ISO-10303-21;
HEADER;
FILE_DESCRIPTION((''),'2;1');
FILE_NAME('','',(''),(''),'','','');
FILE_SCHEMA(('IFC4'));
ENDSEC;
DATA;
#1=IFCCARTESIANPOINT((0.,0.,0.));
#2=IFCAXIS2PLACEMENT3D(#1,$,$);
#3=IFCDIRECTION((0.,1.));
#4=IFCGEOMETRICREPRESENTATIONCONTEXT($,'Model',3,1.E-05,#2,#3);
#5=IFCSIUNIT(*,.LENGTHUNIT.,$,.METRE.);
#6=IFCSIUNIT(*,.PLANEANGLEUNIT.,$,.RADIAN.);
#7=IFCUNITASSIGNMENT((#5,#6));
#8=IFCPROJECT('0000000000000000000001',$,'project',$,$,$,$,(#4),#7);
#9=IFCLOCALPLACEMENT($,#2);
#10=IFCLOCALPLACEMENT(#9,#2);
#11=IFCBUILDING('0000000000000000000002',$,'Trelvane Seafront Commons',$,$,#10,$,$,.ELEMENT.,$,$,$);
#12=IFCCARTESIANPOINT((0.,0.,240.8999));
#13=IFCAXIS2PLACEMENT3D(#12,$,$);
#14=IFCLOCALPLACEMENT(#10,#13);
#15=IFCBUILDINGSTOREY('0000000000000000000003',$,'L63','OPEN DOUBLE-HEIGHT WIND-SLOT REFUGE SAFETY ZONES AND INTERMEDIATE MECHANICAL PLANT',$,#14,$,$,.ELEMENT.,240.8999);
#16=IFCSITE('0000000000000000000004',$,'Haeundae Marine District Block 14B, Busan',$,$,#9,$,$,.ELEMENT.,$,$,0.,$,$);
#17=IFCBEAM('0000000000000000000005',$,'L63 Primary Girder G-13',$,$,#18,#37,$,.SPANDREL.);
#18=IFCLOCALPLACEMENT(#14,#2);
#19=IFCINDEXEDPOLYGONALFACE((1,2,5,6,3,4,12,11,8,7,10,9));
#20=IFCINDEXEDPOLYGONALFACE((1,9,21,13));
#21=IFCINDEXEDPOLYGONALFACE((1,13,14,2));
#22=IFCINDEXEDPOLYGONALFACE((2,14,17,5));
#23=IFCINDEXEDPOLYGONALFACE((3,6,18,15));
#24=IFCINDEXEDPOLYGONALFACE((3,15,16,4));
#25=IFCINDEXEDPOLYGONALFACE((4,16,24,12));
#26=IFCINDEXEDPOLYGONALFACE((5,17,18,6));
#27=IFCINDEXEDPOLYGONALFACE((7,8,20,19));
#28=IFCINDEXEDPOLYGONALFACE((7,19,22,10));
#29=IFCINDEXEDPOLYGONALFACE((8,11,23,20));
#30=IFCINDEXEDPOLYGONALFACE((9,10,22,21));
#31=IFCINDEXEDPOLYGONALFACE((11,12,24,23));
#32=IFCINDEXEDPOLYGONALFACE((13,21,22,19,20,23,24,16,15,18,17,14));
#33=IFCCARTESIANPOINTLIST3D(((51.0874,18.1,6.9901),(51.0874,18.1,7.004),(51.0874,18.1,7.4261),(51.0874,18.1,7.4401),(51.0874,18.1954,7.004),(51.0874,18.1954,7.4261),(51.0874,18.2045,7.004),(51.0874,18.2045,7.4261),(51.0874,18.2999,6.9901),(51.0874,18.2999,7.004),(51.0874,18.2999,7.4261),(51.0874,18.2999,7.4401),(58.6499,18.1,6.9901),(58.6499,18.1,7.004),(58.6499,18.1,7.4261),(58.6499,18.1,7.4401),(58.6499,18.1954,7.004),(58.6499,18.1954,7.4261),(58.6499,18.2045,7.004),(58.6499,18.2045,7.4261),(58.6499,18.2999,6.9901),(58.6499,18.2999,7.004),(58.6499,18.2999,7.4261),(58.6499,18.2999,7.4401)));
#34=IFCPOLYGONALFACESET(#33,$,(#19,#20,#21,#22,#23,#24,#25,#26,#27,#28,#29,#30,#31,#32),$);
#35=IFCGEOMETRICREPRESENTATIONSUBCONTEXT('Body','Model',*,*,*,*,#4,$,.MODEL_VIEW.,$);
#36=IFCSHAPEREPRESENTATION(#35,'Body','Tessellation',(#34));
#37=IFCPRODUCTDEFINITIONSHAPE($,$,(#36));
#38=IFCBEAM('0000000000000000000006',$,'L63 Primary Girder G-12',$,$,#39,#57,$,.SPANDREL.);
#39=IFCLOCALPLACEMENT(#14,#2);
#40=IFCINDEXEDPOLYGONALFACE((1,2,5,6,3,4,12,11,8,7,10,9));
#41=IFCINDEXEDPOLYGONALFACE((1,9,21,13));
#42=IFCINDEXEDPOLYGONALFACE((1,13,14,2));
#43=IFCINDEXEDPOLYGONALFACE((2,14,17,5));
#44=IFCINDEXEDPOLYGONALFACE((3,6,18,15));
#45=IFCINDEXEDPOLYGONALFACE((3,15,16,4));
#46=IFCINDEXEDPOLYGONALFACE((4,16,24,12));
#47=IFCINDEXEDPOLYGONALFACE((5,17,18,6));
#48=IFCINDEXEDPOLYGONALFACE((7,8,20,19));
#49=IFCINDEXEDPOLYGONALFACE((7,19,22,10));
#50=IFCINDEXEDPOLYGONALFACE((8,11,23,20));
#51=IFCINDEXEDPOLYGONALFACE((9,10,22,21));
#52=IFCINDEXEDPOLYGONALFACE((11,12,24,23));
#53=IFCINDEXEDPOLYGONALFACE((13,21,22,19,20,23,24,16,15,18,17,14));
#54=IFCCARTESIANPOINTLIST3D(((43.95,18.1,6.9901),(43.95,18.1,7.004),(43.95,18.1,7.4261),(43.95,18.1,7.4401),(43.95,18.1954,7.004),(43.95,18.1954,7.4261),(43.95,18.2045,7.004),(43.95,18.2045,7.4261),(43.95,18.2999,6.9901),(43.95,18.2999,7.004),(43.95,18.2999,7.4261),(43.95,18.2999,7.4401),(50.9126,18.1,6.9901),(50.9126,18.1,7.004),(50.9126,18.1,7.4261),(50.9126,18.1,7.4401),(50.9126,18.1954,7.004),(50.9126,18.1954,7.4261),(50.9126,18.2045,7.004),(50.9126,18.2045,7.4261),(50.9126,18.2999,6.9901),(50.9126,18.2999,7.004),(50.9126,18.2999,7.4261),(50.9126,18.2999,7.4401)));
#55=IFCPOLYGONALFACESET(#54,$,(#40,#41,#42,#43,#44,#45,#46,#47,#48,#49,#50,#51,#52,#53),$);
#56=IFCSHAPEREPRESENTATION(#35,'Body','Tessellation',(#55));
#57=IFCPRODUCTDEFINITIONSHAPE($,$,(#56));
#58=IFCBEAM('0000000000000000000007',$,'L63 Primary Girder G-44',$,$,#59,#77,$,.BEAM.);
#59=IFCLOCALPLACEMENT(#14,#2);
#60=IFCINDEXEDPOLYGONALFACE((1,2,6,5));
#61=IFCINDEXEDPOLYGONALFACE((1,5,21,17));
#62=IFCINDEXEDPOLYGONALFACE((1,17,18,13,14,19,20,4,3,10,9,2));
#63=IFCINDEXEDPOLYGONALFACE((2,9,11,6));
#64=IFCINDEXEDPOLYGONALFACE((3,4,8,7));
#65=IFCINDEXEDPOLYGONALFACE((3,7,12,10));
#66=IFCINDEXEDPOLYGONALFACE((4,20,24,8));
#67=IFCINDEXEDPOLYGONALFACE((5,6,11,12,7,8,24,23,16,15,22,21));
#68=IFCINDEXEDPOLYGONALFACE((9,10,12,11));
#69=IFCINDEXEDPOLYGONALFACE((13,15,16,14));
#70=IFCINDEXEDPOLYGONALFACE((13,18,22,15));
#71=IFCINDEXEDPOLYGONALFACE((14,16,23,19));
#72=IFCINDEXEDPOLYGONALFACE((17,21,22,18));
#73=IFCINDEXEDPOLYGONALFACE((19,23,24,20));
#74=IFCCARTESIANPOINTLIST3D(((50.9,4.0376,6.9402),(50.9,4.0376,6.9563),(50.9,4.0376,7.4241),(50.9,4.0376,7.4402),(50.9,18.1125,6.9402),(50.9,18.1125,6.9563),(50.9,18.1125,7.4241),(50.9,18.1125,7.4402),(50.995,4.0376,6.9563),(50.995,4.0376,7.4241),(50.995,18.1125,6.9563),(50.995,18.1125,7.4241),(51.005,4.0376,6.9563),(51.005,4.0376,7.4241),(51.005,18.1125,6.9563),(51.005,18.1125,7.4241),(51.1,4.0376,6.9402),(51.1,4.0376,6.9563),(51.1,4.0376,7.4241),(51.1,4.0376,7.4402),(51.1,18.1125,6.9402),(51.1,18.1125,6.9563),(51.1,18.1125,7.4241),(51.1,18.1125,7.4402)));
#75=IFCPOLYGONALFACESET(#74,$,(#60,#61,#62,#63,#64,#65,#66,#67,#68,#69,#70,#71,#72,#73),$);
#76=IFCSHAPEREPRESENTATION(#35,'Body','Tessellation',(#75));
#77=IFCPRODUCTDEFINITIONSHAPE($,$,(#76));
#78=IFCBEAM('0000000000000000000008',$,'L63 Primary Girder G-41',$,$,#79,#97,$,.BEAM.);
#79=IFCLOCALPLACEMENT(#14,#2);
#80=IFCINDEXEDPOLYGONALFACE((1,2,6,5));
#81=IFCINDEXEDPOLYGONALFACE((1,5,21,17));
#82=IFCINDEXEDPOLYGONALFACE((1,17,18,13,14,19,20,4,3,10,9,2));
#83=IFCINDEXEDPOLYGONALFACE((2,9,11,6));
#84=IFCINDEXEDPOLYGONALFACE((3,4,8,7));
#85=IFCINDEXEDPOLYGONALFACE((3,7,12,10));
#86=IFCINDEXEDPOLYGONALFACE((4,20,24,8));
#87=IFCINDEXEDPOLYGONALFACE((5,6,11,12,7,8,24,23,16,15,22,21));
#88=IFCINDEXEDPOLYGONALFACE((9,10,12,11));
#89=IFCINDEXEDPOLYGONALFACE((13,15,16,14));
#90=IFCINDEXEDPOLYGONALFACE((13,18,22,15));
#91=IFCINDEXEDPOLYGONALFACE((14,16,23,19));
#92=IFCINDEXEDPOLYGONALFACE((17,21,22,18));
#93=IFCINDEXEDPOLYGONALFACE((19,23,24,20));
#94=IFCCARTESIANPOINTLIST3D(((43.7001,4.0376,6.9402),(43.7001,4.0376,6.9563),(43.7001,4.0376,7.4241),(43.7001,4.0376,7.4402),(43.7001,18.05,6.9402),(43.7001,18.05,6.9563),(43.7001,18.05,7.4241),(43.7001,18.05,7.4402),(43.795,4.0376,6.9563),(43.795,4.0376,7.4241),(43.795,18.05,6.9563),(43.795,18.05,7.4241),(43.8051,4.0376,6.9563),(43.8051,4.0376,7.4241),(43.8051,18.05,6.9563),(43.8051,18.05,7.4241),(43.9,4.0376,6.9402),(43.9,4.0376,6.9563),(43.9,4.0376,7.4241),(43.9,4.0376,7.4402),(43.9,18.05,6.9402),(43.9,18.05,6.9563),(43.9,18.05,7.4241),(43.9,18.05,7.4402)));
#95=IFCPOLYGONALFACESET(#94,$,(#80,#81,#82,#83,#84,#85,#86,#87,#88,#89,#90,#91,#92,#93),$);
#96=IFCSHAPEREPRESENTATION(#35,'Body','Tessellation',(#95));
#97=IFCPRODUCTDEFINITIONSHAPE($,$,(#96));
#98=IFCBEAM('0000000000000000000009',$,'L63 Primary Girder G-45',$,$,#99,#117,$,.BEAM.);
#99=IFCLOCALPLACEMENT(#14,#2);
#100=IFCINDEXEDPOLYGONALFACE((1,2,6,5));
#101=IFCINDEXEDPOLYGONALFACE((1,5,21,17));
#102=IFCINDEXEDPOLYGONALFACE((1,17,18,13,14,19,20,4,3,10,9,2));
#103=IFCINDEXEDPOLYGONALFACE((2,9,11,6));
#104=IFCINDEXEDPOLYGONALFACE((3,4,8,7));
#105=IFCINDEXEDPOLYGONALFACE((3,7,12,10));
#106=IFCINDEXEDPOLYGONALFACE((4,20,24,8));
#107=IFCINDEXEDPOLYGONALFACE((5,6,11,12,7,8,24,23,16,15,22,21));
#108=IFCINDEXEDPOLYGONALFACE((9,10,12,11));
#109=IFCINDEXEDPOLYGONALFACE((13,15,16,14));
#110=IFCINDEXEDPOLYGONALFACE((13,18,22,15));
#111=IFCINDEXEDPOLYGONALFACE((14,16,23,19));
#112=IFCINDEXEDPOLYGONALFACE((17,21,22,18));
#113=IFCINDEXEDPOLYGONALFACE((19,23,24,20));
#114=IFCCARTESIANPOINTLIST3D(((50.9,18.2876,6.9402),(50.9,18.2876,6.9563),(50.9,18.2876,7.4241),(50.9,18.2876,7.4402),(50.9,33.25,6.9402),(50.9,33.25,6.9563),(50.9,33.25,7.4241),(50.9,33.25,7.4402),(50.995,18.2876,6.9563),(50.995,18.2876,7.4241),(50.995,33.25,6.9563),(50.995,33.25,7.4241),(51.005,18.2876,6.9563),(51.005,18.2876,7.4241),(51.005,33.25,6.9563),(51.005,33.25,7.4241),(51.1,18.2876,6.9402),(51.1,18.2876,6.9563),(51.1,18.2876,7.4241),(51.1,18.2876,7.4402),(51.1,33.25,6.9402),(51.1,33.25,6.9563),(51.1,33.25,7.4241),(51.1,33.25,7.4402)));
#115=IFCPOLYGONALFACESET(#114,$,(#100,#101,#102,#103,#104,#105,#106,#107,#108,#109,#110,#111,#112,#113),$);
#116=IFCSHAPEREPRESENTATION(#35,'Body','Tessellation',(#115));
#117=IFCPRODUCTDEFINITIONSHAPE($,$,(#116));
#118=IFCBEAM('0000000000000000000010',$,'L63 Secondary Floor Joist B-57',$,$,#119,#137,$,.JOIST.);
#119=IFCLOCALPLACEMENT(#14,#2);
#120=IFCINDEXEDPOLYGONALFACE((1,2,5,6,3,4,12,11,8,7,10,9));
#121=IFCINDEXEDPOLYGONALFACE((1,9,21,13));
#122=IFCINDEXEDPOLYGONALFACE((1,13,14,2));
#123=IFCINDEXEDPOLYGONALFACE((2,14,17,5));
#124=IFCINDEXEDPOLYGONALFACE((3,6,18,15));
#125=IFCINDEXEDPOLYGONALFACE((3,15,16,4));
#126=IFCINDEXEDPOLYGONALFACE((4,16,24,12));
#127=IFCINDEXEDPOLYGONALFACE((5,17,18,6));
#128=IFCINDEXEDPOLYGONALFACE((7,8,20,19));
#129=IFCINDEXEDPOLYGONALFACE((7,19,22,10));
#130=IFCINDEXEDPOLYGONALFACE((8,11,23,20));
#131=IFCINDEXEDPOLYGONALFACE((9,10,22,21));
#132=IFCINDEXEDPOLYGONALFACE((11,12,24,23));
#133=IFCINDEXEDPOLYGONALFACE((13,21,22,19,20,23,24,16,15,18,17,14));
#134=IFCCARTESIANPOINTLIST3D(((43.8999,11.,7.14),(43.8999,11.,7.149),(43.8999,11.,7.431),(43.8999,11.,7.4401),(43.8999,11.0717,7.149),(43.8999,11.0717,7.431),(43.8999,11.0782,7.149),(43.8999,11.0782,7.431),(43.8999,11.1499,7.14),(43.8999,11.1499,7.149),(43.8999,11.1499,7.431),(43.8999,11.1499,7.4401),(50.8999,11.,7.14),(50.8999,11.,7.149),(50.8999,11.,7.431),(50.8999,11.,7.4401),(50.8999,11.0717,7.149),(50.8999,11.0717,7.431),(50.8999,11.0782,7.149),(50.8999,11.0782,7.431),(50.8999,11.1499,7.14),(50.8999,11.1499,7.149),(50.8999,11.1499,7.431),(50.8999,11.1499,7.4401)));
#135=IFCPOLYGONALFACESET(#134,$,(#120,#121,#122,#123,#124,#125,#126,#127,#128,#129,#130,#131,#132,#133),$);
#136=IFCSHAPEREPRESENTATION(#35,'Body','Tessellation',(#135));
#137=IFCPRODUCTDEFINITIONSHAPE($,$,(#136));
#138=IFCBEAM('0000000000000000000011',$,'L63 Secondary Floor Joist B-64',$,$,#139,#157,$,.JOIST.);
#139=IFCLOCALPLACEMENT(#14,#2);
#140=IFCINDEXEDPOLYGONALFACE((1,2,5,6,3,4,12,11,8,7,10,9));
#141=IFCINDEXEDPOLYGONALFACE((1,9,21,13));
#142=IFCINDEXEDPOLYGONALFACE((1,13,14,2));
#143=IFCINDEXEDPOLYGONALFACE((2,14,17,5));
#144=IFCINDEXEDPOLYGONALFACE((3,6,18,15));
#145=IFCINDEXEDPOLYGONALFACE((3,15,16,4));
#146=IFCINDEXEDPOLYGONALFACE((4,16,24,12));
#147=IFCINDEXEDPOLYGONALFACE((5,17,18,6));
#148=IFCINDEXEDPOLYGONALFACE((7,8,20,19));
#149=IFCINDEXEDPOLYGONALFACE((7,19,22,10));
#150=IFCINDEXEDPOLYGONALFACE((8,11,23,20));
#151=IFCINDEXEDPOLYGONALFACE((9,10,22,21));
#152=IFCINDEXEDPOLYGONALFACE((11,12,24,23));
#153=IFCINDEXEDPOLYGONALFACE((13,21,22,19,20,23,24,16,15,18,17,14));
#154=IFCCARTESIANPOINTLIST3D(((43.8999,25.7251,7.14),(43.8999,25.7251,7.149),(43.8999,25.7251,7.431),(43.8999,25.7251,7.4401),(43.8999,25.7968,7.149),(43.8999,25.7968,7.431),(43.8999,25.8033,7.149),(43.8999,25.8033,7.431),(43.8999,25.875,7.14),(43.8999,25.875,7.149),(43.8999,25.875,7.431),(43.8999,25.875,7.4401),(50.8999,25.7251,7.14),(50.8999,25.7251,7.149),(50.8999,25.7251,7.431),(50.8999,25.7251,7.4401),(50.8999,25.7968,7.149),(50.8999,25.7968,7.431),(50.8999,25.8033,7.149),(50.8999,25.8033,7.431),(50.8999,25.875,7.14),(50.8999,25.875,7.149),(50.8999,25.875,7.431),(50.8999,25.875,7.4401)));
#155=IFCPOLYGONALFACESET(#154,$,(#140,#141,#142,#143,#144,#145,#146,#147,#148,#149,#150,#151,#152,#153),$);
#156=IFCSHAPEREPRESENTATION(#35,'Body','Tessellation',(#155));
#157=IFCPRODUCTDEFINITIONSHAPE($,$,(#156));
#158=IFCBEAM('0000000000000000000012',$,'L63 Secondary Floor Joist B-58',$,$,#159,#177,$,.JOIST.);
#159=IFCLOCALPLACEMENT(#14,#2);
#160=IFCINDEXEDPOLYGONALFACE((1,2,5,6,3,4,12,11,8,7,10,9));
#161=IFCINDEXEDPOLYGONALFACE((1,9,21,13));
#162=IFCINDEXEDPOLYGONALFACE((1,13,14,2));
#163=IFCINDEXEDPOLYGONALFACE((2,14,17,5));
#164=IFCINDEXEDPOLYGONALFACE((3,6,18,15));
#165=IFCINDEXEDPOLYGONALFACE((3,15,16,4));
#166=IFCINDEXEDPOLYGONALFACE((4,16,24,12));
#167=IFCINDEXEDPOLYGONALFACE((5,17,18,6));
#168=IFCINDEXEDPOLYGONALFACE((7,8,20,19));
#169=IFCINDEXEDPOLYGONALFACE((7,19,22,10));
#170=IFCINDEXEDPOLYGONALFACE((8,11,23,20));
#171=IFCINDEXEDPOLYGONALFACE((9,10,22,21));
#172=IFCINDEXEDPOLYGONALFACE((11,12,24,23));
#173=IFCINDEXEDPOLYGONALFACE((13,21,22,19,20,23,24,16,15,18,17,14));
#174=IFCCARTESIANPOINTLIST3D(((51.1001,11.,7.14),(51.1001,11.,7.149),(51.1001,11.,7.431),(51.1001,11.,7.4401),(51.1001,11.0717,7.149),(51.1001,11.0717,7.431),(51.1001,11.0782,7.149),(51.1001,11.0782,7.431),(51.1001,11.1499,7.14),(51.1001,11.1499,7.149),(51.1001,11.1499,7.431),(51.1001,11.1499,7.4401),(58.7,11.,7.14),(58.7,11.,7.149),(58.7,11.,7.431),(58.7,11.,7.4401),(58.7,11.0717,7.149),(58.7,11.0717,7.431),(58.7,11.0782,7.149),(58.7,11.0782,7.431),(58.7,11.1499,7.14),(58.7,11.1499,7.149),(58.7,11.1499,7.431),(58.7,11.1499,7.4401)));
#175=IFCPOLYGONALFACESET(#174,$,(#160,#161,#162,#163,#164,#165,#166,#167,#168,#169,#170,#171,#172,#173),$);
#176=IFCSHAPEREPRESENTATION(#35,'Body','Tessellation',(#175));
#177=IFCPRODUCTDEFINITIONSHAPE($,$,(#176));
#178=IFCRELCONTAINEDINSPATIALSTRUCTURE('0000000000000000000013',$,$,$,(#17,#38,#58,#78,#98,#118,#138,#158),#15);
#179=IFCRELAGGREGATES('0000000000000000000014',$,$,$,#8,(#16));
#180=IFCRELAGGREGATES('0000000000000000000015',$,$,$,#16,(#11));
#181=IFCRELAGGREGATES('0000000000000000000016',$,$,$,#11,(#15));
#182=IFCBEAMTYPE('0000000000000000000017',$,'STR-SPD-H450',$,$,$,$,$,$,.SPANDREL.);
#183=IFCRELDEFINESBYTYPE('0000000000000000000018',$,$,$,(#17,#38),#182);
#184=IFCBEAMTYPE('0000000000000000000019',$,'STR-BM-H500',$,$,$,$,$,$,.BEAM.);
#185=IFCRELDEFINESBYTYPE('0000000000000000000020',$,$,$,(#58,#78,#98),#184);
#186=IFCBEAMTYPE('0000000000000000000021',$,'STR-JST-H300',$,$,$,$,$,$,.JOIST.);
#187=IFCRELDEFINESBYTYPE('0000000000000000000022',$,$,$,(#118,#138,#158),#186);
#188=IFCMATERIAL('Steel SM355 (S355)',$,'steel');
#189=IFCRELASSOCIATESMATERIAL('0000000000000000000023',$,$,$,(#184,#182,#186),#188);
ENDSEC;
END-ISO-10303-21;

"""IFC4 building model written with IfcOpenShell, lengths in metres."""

from ifc_helpers import new_model, si_unit, direction, frame, origin, origin_2d, place, context, subcontext, project, spatial, i_section, extrude, source, transform, mapped, material, material_profile, profile_set, type_object, element, save


model = new_model("IFC4")

# Units and contexts
model_context = context("Model", 3, precision=1e-05, world=origin(), true_north=direction((0.0, 1.0)))
body_context = subcontext(model_context, "Body", "Model", "MODEL_VIEW")
ifc_project = project(units=[si_unit("LENGTHUNIT", "METRE"), si_unit("PLANEANGLEUNIT", "RADIAN")], contexts=[model_context])

# Site, building, storey
site_placement = place(None, origin())
site = spatial("IfcSite", under=ifc_project, at=site_placement, Name="Haeundae Marine District Block 14B, Busan", CompositionType="ELEMENT", RefElevation=0.0)
building_placement = place(site_placement, origin())
building = spatial("IfcBuilding", under=site, at=building_placement, Name="Trelvane Seafront Commons", CompositionType="ELEMENT")
storey_placement = place(building_placement, frame((0.0, 0.0, 240.8999)))
storey = spatial("IfcBuildingStorey", under=building, at=storey_placement, Name="L63", Description="OPEN DOUBLE-HEIGHT WIND-SLOT REFUGE SAFETY ZONES AND INTERMEDIATE MECHANICAL PLANT", CompositionType="ELEMENT", Elevation=240.8999)

# Shared definitions
ifc_material_1 = material(Name="Steel SM355 (S355)", Category="steel")

# Beams
ifc_material_profile_1 = material_profile(ifc_material_1, i_section(OverallWidth=0.2, OverallDepth=0.5, WebThickness=0.01, FlangeThickness=0.0161, at=origin_2d()), Name="H-500x200x10x16")
ifc_profile_set_1 = profile_set([ifc_material_profile_1], Name="Steel SM355 (S355)")
beam_type_1 = type_object("IfcBeamType", Name="STR-BM-H500", PredefinedType="BEAM", material=ifc_profile_set_1)
ifc_material_profile_2 = material_profile(ifc_material_1, i_section(OverallWidth=0.2, OverallDepth=0.45, WebThickness=0.009, FlangeThickness=0.0139, at=origin_2d()), Name="H-450x200x9x14")
ifc_profile_set_2 = profile_set([ifc_material_profile_2], Name="Steel SM355 (S355)")
beam_type_2 = type_object("IfcBeamType", Name="STR-SPD-H450", PredefinedType="SPANDREL", material=ifc_profile_set_2)
shared_shape_1 = source(origin(), body_context, "Body", "SweptSolid", [
    extrude(i_section(OverallWidth=0.2, OverallDepth=0.45, WebThickness=0.009, FlangeThickness=0.0139, at=origin_2d()), origin(), (0.0, 0.0, 1.0), 7.5625),
])
beam_1_placement = place(storey_placement, frame((51.0874, 18.2, 7.2151), z_axis=(1.0, 0.0, 0.0), x_axis=(0.0, 1.0, 0.0)))
element("IfcBeam", 1, at=beam_1_placement, inside=storey, type_object=beam_type_2, Name="L63 Primary Girder G-13", PredefinedType="SPANDREL", context=body_context, shape_type="MappedRepresentation", body=[
    mapped(shared_shape_1, transform((0.0, 0.0, 0.0), x_axis=(1.0, 0.0, 0.0), y_axis=(0.0, 1.0, 0.0), z_axis=(0.0, 0.0, 1.0), scale=1.0)),
])
shared_shape_2 = source(origin(), body_context, "Body", "SweptSolid", [
    extrude(i_section(OverallWidth=0.2, OverallDepth=0.45, WebThickness=0.009, FlangeThickness=0.0139, at=origin_2d()), origin(), (0.0, 0.0, 1.0), 6.9626),
])
beam_2_placement = place(storey_placement, frame((43.95, 18.2, 7.2151), z_axis=(1.0, 0.0, 0.0), x_axis=(0.0, 1.0, 0.0)))
element("IfcBeam", 2, at=beam_2_placement, inside=storey, type_object=beam_type_2, Name="L63 Primary Girder G-12", PredefinedType="SPANDREL", context=body_context, shape_type="MappedRepresentation", body=[
    mapped(shared_shape_2, transform((0.0, 0.0, 0.0), x_axis=(1.0, 0.0, 0.0), y_axis=(0.0, 1.0, 0.0), z_axis=(0.0, 0.0, 1.0), scale=1.0)),
])
shared_shape_3 = source(origin(), body_context, "Body", "SweptSolid", [
    extrude(i_section(OverallWidth=0.2, OverallDepth=0.5, WebThickness=0.01, FlangeThickness=0.0161, at=origin_2d()), origin(), (0.0, 0.0, 1.0), 14.075),
])
beam_3_placement = place(storey_placement, frame((51.0, 4.0376, 7.1902), z_axis=(0.0, 1.0, 0.0), x_axis=(-1.0, 0.0, 0.0)))
element("IfcBeam", 3, at=beam_3_placement, inside=storey, type_object=beam_type_1, Name="L63 Primary Girder G-44", PredefinedType="BEAM", context=body_context, shape_type="MappedRepresentation", body=[
    mapped(shared_shape_3, transform((0.0, 0.0, 0.0), x_axis=(1.0, 0.0, 0.0), y_axis=(0.0, 1.0, 0.0), z_axis=(0.0, 0.0, 1.0), scale=1.0)),
])
shared_shape_4 = source(origin(), body_context, "Body", "SweptSolid", [
    extrude(i_section(OverallWidth=0.2, OverallDepth=0.5, WebThickness=0.01, FlangeThickness=0.0161, at=origin_2d()), origin(), (0.0, 0.0, 1.0), 14.0125),
])
beam_4_placement = place(storey_placement, frame((43.8, 4.0376, 7.1902), z_axis=(0.0, 1.0, 0.0), x_axis=(-1.0, 0.0, 0.0)))
element("IfcBeam", 4, at=beam_4_placement, inside=storey, type_object=beam_type_1, Name="L63 Primary Girder G-41", PredefinedType="BEAM", context=body_context, shape_type="MappedRepresentation", body=[
    mapped(shared_shape_4, transform((0.0, 0.0, 0.0), x_axis=(1.0, 0.0, 0.0), y_axis=(0.0, 1.0, 0.0), z_axis=(0.0, 0.0, 1.0), scale=1.0)),
])
shared_shape_5 = source(origin(), body_context, "Body", "SweptSolid", [
    extrude(i_section(OverallWidth=0.2, OverallDepth=0.5, WebThickness=0.01, FlangeThickness=0.0161, at=origin_2d()), origin(), (0.0, 0.0, 1.0), 14.9624),
])
beam_5_placement = place(storey_placement, frame((51.0, 18.2876, 7.1902), z_axis=(0.0, 1.0, 0.0), x_axis=(-1.0, 0.0, 0.0)))
element("IfcBeam", 5, at=beam_5_placement, inside=storey, type_object=beam_type_1, Name="L63 Primary Girder G-45", PredefinedType="BEAM", context=body_context, shape_type="MappedRepresentation", body=[
    mapped(shared_shape_5, transform((0.0, 0.0, 0.0), x_axis=(1.0, 0.0, 0.0), y_axis=(0.0, 1.0, 0.0), z_axis=(0.0, 0.0, 1.0), scale=1.0)),
])
ifc_material_profile_3 = material_profile(ifc_material_1, i_section(OverallWidth=0.1499, OverallDepth=0.3, WebThickness=0.0066, FlangeThickness=0.009, at=origin_2d()), Name="H-300x150x6.5x9")
ifc_profile_set_3 = profile_set([ifc_material_profile_3], Name="Steel SM355 (S355)")
beam_type_3 = type_object("IfcBeamType", Name="STR-JST-H300", PredefinedType="JOIST", material=ifc_profile_set_3)
shared_shape_6 = source(origin(), body_context, "Body", "SweptSolid", [
    extrude(i_section(OverallWidth=0.1499, OverallDepth=0.3, WebThickness=0.0066, FlangeThickness=0.009, at=origin_2d()), origin(), (0.0, 0.0, 1.0), 7.0),
])
for number, where, z_axis, x_axis, name in (
    (6, (43.8999, 11.075, 7.29), (1.0, 0.0, 0.0), (0.0, 1.0, 0.0), "L63 Secondary Floor Joist B-57"),
    (7, (43.8999, 25.8, 7.29), (1.0, 0.0, 0.0), (0.0, 1.0, 0.0), "L63 Secondary Floor Joist B-64"),
):
    element("IfcBeam", number, at=place(storey_placement, frame(where, z_axis=z_axis, x_axis=x_axis)), inside=storey, type_object=beam_type_3, Name=name, PredefinedType="JOIST", context=body_context, shape_type="MappedRepresentation", body=[
        mapped(shared_shape_6, transform((0.0, 0.0, 0.0), x_axis=(1.0, 0.0, 0.0), y_axis=(0.0, 1.0, 0.0), z_axis=(0.0, 0.0, 1.0), scale=1.0)),
    ])
shared_shape_7 = source(origin(), body_context, "Body", "SweptSolid", [
    extrude(i_section(OverallWidth=0.1499, OverallDepth=0.3, WebThickness=0.0066, FlangeThickness=0.009, at=origin_2d()), origin(), (0.0, 0.0, 1.0), 7.5999),
])
for number, where, z_axis, x_axis, name in (
    (8, (51.1001, 11.075, 7.29), (1.0, 0.0, 0.0), (0.0, 1.0, 0.0), "L63 Secondary Floor Joist B-58"),
):
    element("IfcBeam", number, at=place(storey_placement, frame(where, z_axis=z_axis, x_axis=x_axis)), inside=storey, type_object=beam_type_3, Name=name, PredefinedType="JOIST", context=body_context, shape_type="MappedRepresentation", body=[
        mapped(shared_shape_7, transform((0.0, 0.0, 0.0), x_axis=(1.0, 0.0, 0.0), y_axis=(0.0, 1.0, 0.0), z_axis=(0.0, 0.0, 1.0), scale=1.0)),
    ])

save(model, "model.ifc")
